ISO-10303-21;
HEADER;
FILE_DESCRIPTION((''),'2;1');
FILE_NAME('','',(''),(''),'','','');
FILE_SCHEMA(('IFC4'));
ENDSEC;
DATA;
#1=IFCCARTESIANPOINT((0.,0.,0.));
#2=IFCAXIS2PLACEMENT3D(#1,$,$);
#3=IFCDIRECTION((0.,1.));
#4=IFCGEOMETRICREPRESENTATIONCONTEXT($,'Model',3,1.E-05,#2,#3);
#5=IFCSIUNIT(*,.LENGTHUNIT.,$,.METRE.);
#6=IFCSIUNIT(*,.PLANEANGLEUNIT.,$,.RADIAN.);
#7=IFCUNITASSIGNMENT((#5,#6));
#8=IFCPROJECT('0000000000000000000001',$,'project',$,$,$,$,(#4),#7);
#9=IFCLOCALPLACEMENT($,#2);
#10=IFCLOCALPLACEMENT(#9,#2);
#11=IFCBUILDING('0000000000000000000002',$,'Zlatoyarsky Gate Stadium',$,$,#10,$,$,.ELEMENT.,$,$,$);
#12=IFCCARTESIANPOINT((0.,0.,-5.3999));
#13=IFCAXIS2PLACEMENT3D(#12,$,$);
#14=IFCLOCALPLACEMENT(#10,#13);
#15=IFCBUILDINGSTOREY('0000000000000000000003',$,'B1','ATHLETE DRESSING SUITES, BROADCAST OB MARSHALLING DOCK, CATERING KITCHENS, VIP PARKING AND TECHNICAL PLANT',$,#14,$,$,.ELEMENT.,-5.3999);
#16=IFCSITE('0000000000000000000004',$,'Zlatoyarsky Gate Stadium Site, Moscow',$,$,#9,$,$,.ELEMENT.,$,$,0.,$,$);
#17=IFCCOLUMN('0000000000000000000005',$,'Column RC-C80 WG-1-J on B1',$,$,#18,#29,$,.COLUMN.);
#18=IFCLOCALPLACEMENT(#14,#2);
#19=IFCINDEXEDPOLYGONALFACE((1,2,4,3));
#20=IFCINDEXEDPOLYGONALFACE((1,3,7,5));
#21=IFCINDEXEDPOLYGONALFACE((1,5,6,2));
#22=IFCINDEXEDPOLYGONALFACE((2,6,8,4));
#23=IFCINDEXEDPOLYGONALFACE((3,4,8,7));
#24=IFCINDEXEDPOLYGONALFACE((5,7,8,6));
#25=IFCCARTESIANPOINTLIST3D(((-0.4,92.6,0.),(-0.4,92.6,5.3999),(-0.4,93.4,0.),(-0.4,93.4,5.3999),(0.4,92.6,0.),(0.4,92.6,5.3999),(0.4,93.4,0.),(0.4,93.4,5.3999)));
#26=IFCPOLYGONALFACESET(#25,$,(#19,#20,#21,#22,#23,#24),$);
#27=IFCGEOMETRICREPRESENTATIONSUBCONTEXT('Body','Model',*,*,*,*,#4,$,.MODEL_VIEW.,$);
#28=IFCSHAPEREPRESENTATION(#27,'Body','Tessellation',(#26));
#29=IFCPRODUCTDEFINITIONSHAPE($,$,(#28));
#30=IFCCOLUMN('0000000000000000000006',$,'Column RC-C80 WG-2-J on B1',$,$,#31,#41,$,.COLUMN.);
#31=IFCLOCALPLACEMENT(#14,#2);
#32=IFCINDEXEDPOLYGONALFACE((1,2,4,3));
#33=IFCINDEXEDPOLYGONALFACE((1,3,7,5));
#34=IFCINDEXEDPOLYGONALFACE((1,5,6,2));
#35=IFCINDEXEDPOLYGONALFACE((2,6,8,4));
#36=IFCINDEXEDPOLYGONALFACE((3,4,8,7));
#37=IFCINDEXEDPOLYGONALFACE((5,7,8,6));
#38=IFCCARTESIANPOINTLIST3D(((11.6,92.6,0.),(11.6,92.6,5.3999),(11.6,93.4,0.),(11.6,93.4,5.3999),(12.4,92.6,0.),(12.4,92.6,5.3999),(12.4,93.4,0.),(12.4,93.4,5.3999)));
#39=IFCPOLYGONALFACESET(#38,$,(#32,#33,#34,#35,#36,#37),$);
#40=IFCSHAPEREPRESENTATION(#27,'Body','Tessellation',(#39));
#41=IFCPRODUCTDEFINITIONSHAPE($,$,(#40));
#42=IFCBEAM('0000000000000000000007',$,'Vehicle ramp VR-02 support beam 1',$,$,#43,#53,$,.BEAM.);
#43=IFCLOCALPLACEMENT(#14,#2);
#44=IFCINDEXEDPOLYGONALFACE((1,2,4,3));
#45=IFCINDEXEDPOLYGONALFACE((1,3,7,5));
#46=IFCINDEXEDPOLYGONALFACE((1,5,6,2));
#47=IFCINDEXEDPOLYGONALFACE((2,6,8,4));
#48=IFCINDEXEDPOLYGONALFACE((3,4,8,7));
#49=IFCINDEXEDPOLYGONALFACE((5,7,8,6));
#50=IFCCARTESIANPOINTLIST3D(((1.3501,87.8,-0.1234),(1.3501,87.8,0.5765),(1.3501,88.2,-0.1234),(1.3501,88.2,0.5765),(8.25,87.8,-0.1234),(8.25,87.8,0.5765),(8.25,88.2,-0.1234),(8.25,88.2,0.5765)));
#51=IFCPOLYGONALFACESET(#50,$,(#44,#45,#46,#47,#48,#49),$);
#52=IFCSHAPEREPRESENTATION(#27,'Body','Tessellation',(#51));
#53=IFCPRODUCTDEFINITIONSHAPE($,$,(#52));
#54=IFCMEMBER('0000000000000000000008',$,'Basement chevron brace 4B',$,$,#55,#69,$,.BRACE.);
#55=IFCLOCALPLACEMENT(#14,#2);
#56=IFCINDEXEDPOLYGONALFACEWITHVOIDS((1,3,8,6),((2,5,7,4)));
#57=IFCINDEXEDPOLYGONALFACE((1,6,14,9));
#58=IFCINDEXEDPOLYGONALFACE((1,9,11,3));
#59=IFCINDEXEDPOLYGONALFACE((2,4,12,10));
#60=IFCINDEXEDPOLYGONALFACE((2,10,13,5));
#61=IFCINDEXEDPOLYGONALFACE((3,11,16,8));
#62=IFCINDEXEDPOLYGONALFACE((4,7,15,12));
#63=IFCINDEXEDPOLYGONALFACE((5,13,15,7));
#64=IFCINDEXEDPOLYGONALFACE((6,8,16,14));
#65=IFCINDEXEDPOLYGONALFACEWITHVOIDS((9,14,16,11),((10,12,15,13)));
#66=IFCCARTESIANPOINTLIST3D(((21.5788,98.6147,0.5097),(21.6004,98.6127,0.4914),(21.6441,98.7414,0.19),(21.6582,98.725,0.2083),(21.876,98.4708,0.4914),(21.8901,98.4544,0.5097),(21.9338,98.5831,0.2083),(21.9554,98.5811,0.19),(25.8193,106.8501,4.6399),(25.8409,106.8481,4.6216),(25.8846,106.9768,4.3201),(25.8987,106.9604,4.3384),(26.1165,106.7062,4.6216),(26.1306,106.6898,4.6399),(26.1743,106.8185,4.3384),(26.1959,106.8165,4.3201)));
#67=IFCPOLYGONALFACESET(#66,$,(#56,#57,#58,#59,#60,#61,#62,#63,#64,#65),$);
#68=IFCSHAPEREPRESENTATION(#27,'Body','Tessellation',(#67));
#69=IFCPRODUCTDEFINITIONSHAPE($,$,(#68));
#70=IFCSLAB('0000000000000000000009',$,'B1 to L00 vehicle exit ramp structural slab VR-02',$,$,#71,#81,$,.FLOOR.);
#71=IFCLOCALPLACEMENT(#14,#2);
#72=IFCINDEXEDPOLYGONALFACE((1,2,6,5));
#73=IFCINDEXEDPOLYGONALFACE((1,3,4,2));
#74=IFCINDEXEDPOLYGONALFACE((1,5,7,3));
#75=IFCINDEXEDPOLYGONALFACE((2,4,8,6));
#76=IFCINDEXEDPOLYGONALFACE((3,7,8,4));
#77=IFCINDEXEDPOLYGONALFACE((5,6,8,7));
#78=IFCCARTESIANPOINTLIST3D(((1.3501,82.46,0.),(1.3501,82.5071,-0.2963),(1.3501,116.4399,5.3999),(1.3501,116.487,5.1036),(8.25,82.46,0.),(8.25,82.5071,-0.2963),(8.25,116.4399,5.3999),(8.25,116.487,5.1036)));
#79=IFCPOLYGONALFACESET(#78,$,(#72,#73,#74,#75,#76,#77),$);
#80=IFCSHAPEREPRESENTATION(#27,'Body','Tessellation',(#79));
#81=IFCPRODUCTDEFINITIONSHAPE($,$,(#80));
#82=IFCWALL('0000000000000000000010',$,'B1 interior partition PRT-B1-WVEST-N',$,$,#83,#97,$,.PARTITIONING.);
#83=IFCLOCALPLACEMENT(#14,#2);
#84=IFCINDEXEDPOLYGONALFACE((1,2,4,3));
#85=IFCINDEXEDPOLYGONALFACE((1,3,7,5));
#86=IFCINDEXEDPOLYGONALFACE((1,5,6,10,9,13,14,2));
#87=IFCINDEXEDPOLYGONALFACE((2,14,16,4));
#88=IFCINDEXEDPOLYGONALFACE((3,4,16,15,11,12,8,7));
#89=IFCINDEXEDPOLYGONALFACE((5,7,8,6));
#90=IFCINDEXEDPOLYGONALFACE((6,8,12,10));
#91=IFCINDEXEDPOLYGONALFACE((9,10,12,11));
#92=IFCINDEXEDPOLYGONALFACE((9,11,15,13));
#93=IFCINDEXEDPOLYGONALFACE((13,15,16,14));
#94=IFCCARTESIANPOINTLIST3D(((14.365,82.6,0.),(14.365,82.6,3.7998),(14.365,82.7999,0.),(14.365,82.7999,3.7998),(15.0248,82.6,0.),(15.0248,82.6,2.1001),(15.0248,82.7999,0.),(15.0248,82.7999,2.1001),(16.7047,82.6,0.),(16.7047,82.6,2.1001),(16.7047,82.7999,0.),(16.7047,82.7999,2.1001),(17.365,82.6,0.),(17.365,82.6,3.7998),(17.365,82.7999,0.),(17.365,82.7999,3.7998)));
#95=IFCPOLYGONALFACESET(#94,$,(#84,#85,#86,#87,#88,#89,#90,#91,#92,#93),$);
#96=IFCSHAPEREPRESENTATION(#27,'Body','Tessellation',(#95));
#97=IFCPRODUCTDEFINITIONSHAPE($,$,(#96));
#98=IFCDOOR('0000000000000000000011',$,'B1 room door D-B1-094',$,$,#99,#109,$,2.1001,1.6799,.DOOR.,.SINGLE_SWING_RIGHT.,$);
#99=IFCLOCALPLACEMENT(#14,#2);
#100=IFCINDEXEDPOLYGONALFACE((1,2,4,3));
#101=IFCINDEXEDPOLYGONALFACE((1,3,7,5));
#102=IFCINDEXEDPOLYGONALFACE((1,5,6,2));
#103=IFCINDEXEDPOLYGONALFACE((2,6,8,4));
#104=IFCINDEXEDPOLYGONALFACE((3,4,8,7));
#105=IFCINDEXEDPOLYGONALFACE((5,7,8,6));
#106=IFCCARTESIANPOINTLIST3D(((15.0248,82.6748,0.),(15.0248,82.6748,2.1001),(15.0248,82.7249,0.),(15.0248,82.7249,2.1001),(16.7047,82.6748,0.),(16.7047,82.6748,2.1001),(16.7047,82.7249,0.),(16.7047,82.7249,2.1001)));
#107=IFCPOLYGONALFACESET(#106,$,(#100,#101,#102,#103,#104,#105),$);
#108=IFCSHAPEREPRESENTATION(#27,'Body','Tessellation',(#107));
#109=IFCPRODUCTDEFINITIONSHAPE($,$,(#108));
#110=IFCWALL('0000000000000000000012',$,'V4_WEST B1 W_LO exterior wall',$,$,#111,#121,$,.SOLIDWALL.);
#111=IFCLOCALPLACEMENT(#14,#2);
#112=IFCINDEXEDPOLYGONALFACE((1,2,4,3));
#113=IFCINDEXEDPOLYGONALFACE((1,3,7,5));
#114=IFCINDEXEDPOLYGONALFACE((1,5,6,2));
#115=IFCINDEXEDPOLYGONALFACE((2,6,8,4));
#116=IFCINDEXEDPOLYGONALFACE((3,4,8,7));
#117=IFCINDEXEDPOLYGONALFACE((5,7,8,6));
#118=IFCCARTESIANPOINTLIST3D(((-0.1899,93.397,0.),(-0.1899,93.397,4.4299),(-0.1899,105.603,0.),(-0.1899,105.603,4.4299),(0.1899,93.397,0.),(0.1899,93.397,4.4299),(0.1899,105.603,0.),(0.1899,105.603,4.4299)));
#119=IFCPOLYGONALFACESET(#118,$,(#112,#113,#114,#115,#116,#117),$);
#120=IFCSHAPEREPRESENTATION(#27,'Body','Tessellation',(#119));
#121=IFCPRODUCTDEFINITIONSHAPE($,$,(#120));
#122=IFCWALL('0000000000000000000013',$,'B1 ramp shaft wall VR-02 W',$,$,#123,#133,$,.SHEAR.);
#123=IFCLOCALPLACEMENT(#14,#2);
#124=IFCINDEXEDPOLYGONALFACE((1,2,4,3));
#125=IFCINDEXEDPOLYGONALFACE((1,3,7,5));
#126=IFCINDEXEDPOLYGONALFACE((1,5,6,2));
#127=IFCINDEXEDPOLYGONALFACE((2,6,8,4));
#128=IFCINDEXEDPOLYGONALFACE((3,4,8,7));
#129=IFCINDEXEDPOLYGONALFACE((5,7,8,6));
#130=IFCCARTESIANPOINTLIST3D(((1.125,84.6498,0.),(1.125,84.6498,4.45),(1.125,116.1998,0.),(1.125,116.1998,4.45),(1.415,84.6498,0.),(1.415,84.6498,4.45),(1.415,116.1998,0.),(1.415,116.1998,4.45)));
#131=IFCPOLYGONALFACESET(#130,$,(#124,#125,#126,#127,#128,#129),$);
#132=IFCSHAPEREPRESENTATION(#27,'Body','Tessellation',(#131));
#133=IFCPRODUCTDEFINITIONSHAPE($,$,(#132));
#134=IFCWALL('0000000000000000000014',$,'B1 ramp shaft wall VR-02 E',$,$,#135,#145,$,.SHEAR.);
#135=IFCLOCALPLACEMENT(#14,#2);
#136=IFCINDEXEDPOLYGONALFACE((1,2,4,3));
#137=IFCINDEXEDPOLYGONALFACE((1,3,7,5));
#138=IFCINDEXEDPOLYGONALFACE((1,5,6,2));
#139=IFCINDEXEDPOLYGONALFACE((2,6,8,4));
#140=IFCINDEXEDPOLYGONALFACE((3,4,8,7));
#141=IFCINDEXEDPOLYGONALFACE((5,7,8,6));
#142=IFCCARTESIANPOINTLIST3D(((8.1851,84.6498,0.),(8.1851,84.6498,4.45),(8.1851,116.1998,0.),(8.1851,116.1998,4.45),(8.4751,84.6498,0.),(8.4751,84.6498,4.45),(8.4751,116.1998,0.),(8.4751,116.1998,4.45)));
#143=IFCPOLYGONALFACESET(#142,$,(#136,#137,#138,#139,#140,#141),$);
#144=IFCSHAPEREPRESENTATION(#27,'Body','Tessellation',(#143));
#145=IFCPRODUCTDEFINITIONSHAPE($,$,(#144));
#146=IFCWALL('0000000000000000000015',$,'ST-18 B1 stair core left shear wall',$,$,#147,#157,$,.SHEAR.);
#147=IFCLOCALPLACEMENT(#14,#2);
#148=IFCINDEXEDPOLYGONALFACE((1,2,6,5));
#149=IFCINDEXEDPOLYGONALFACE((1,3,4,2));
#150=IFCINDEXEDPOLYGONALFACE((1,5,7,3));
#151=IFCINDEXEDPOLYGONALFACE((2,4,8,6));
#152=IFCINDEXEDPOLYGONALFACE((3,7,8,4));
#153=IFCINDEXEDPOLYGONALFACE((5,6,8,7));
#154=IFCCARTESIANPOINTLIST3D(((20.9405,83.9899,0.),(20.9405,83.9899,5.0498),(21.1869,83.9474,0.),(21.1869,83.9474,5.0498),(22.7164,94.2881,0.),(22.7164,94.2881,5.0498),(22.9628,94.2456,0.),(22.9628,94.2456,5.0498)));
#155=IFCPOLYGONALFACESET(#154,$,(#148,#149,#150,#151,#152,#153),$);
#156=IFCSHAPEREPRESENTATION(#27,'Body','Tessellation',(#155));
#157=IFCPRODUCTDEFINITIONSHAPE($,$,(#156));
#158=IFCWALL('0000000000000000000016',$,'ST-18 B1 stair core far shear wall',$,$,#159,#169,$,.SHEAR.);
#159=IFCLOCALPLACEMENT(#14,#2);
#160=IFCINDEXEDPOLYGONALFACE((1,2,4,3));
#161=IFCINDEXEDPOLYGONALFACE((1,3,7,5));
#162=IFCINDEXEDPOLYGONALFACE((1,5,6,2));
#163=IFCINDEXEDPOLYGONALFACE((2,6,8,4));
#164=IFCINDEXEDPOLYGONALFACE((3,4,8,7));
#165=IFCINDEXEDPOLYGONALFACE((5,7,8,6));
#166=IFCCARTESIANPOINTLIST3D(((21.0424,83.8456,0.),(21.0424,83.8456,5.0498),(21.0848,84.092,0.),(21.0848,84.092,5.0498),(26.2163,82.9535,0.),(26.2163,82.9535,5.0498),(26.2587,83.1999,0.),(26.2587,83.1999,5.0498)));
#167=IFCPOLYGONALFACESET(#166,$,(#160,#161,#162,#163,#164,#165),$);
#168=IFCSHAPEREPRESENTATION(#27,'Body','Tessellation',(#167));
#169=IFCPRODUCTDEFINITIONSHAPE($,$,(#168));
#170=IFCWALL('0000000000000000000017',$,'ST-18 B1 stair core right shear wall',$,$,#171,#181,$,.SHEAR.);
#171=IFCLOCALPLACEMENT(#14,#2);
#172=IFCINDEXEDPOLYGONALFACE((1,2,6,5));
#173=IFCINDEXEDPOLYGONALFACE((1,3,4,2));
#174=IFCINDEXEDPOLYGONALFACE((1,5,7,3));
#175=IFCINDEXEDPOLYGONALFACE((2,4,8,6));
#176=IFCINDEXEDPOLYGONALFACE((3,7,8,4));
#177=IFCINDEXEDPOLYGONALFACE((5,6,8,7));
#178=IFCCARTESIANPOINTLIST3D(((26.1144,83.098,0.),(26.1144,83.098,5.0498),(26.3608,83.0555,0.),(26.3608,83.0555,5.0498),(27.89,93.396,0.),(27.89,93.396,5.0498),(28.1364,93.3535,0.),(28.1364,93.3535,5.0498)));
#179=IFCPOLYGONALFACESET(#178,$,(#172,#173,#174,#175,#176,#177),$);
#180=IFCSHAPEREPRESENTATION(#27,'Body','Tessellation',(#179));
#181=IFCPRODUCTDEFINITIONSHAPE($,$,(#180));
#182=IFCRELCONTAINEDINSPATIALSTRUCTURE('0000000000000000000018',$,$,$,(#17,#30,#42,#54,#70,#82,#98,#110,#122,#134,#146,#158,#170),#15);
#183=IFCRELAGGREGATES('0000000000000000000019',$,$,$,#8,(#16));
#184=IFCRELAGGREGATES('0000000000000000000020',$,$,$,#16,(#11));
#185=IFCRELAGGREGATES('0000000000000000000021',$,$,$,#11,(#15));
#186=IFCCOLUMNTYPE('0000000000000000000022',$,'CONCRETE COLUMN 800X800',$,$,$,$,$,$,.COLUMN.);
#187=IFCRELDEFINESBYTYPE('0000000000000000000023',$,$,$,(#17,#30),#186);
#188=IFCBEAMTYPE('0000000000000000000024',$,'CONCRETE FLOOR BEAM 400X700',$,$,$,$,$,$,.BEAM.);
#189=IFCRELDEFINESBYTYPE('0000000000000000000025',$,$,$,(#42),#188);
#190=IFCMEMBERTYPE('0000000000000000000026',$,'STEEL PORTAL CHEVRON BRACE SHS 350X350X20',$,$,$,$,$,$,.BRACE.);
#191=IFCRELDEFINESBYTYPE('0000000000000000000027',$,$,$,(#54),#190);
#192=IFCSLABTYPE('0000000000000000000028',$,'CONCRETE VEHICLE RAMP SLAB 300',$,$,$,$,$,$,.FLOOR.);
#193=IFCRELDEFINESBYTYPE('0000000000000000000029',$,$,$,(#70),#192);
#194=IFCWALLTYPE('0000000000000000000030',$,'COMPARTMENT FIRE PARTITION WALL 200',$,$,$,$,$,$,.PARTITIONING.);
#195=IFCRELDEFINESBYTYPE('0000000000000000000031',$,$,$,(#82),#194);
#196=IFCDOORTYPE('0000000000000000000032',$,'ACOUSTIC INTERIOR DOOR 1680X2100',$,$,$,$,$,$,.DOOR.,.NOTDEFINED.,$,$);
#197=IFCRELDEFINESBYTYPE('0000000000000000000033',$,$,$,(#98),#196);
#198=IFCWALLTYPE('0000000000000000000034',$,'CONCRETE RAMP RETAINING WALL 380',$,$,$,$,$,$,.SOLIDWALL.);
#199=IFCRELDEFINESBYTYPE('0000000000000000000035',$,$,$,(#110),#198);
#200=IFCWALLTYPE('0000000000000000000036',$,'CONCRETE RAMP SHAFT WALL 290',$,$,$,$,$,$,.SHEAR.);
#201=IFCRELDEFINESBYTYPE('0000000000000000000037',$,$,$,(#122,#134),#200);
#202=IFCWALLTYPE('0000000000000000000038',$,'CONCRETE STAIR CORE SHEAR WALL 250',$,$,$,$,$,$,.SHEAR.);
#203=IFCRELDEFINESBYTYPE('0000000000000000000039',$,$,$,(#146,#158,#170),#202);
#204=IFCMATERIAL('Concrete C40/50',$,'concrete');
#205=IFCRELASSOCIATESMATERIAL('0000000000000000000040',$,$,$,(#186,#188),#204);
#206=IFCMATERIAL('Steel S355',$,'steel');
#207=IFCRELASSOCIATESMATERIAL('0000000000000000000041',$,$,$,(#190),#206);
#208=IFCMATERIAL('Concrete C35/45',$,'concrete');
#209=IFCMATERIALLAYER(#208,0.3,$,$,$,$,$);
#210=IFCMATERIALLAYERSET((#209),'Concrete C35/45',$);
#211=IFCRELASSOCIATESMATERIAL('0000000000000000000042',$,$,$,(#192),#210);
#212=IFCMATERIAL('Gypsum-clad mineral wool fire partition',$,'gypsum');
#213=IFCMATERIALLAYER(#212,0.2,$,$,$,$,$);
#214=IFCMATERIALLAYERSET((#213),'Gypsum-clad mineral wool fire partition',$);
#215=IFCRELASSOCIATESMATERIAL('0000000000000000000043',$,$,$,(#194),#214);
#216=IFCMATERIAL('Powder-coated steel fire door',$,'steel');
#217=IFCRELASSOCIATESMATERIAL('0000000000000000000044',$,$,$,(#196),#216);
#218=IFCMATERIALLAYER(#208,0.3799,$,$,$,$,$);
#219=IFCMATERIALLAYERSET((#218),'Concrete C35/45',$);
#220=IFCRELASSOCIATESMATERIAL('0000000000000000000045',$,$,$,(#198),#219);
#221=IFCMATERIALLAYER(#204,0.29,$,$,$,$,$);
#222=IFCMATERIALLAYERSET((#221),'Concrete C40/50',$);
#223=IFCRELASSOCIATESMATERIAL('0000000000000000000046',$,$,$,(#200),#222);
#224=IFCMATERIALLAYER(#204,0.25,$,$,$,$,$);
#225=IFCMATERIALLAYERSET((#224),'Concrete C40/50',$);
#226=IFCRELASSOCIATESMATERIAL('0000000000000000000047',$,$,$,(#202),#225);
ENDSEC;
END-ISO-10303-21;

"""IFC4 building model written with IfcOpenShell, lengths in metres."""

from ifc_helpers import new_model, si_unit, direction, frame, frame_2d, origin, origin_2d, place, context, subcontext, project, spatial, polyline, rectangle, hollow_rectangle, outline, extrude, material, layer, layer_set, material_profile, profile_set, type_object, element, fill, save


model = new_model("IFC4")

# Units and contexts
model_context = context("Model", 3, precision=1e-05, world=origin(), true_north=direction((0.0, 1.0)))
body_context = subcontext(model_context, "Body", "Model", "MODEL_VIEW")
ifc_project = project(units=[si_unit("LENGTHUNIT", "METRE"), si_unit("PLANEANGLEUNIT", "RADIAN")], contexts=[model_context])

# Site, building, storey
site_placement = place(None, origin())
site = spatial("IfcSite", under=ifc_project, at=site_placement, Name="Zlatoyarsky Gate Stadium Site, Moscow", CompositionType="ELEMENT", RefElevation=0.0)
building_placement = place(site_placement, origin())
building = spatial("IfcBuilding", under=site, at=building_placement, Name="Zlatoyarsky Gate Stadium", CompositionType="ELEMENT")
storey_placement = place(building_placement, frame((0.0, 0.0, -5.3999)))
storey = spatial("IfcBuildingStorey", under=building, at=storey_placement, Name="B1", Description="ATHLETE DRESSING SUITES, BROADCAST OB MARSHALLING DOCK, CATERING KITCHENS, VIP PARKING AND TECHNICAL PLANT", CompositionType="ELEMENT", Elevation=-5.3999)

# Shared definitions
ifc_material_1 = material(Name="Concrete C35/45", Category="concrete")

# Columns
ifc_material_2 = material(Name="Concrete C40/50", Category="concrete")
ifc_material_profile_1 = material_profile(ifc_material_2, rectangle(XDim=0.8, YDim=0.8, at=origin_2d()), Name="RC COL 800X800")
ifc_profile_set_1 = profile_set([ifc_material_profile_1], Name="Concrete C40/50")
column_type_1 = type_object("IfcColumnType", Name="CONCRETE COLUMN 800X800", PredefinedType="COLUMN", material=ifc_profile_set_1)
for number, where, z_axis, x_axis, name in (
    (1, (0.0, 93.0, 0.0), (0.0, 0.0, 1.0), (1.0, 0.0, 0.0), "Column RC-C80 WG-1-J on B1"),
    (2, (12.0, 93.0, 0.0), (0.0, 0.0, 1.0), (1.0, 0.0, 0.0), "Column RC-C80 WG-2-J on B1"),
):
    element("IfcColumn", number, at=place(storey_placement, frame(where, z_axis=z_axis, x_axis=x_axis)), inside=storey, type_object=column_type_1, Name=name, PredefinedType="COLUMN", context=body_context, shape_type="SweptSolid", body=[
        extrude(rectangle(XDim=0.8, YDim=0.8, at=origin_2d()), origin(), (0.0, 0.0, 1.0), 5.3999),
    ])

# Beam
ifc_material_profile_2 = material_profile(ifc_material_2, rectangle(XDim=0.3999, YDim=0.7, at=origin_2d()), Name="RC BEAM 400X700")
ifc_profile_set_2 = profile_set([ifc_material_profile_2], Name="Concrete C40/50")
beam_type = type_object("IfcBeamType", Name="CONCRETE FLOOR BEAM 400X700", PredefinedType="BEAM", material=ifc_profile_set_2)
beam_placement = place(storey_placement, frame((1.3501, 88.0, 0.2266), z_axis=(1.0, 0.0, 0.0), x_axis=(0.0, 1.0, 0.0)))
element("IfcBeam", 3, at=beam_placement, inside=storey, type_object=beam_type, Name="Vehicle ramp VR-02 support beam 1", PredefinedType="BEAM", context=body_context, shape_type="SweptSolid", body=[
    extrude(rectangle(XDim=0.3999, YDim=0.7, at=origin_2d()), origin(), (0.0, 0.0, 1.0), 6.8999),
])

# Member
ifc_material_3 = material(Name="Steel S355", Category="steel")
ifc_material_profile_3 = material_profile(ifc_material_3, hollow_rectangle(XDim=0.3501, YDim=0.3501, WallThickness=0.02, at=origin_2d()), Name="SHS 350X350X20")
ifc_profile_set_3 = profile_set([ifc_material_profile_3], Name="Steel S355")
member_type = type_object("IfcMemberType", Name="STEEL PORTAL CHEVRON BRACE SHS 350X350X20", PredefinedType="BRACE", material=ifc_profile_set_3)
member_placement = place(storey_placement, frame((21.7671, 98.5979, 0.3499), z_axis=(0.41811, 0.812003, 0.407229), x_axis=(-0.889061, 0.457788, 0.0)))
element("IfcMember", 4, at=member_placement, inside=storey, type_object=member_type, Name="Basement chevron brace 4B", PredefinedType="BRACE", context=body_context, shape_type="SweptSolid", body=[
    extrude(hollow_rectangle(XDim=0.3501, YDim=0.3501, WallThickness=0.02, at=origin_2d()), origin(), (0.0, 0.0, 1.0), 10.1421),
])

# Slab
ifc_layer_1 = layer(ifc_material_1, 0.3)
ifc_layer_set_1 = layer_set([ifc_layer_1], Name="Concrete C35/45")
slab_type = type_object("IfcSlabType", Name="CONCRETE VEHICLE RAMP SLAB 300", PredefinedType="FLOOR", material=ifc_layer_set_1)
slab_placement = place(storey_placement, frame((1.3501, 82.46, 0.0), z_axis=(0.0, -0.156945, 0.987607), x_axis=(1.0, 0.0, 0.0)))
element("IfcSlab", 5, at=slab_placement, inside=storey, type_object=slab_type, Name="B1 to L00 vehicle exit ramp structural slab VR-02", PredefinedType="FLOOR", context=body_context, shape_type="SweptSolid", body=[
    extrude(outline(polyline([(0.0, 0.0), (6.8999, 0.0), (6.8999, 34.4064), (0.0, 34.4064), (0.0, 0.0)])), origin(), (0.0, 0.0, -1.0), 0.3),
])

# Wall, opening, door
ifc_material_4 = material(Name="Gypsum-clad mineral wool fire partition", Category="gypsum")
ifc_layer_2 = layer(ifc_material_4, 0.2)
ifc_layer_set_2 = layer_set([ifc_layer_2], Name="Gypsum-clad mineral wool fire partition")
wall_type_1 = type_object("IfcWallType", Name="COMPARTMENT FIRE PARTITION WALL 200", PredefinedType="PARTITIONING", material=ifc_layer_set_2)
wall_1_placement = place(storey_placement, frame((14.365, 82.7, 0.0), z_axis=(0.0, 0.0, 1.0), x_axis=(1.0, 0.0, 0.0)))
wall_1 = element("IfcWall", 6, at=wall_1_placement, inside=storey, type_object=wall_type_1, Name="B1 interior partition PRT-B1-WVEST-N", PredefinedType="PARTITIONING", context=body_context, shape_type="SweptSolid", body=[
    extrude(rectangle(XDim=3.0, YDim=0.2, at=frame_2d((1.5, 0.0))), origin(), (0.0, 0.0, 1.0), 3.7998),
])
opening_placement = place(wall_1_placement, frame((0.6599, 0.0, 0.0)))
opening = element("IfcOpeningElement", 7, at=opening_placement, cuts=wall_1, PredefinedType="OPENING", context=body_context, shape_type="SweptSolid", body=[
    extrude(rectangle(XDim=1.6799, YDim=2.1001, at=frame_2d((0.8398, 1.05))), frame((0.0, 0.1099, 0.0), z_axis=(0.0, -1.0, 0.0), x_axis=(1.0, 0.0, 0.0)), (0.0, 0.0, 1.0), 0.22),
])
ifc_material_5 = material(Name="Powder-coated steel fire door", Category="steel")
door_type = type_object("IfcDoorType", Name="ACOUSTIC INTERIOR DOOR 1680X2100", OperationType="NOTDEFINED", PredefinedType="DOOR", material=ifc_material_5)
door_placement = place(opening_placement, origin())
door = element("IfcDoor", 8, at=door_placement, inside=storey, type_object=door_type, Name="B1 room door D-B1-094", OperationType="SINGLE_SWING_RIGHT", OverallHeight=2.1001, OverallWidth=1.6799, PredefinedType="DOOR", context=body_context, shape_type="SweptSolid", body=[
    extrude(rectangle(XDim=1.6799, YDim=2.1001, at=frame_2d((0.8398, 1.05))), frame((0.0, 0.0249, 0.0), z_axis=(0.0, -1.0, 0.0), x_axis=(1.0, 0.0, 0.0)), (0.0, 0.0, 1.0), 0.05),
])
fill(opening, door)

# Walls
ifc_layer_3 = layer(ifc_material_1, 0.3799)
ifc_layer_set_3 = layer_set([ifc_layer_3], Name="Concrete C35/45")
wall_type_2 = type_object("IfcWallType", Name="CONCRETE RAMP RETAINING WALL 380", PredefinedType="SOLIDWALL", material=ifc_layer_set_3)
wall_2_placement = place(storey_placement, frame((0.0, 93.397, 0.0), z_axis=(0.0, 0.0, 1.0), x_axis=(0.0, 1.0, 0.0)))
element("IfcWall", 9, at=wall_2_placement, inside=storey, type_object=wall_type_2, Name="V4_WEST B1 W_LO exterior wall", PredefinedType="SOLIDWALL", context=body_context, shape_type="SweptSolid", body=[
    extrude(rectangle(XDim=12.2061, YDim=0.3799, at=frame_2d((6.103, 0.0))), origin(), (0.0, 0.0, 1.0), 4.4299),
])
ifc_layer_4 = layer(ifc_material_2, 0.29)
ifc_layer_set_4 = layer_set([ifc_layer_4], Name="Concrete C40/50")
wall_type_3 = type_object("IfcWallType", Name="CONCRETE RAMP SHAFT WALL 290", PredefinedType="SHEAR", material=ifc_layer_set_4)
for number, where, z_axis, x_axis, name in (
    (10, (1.27, 84.6499, 0.0), (0.0, 0.0, 1.0), (0.0, 1.0, 0.0), "B1 ramp shaft wall VR-02 W"),
    (11, (8.3301, 84.6499, 0.0), (0.0, 0.0, 1.0), (0.0, 1.0, 0.0), "B1 ramp shaft wall VR-02 E"),
):
    element("IfcWall", number, at=place(storey_placement, frame(where, z_axis=z_axis, x_axis=x_axis)), inside=storey, type_object=wall_type_3, Name=name, PredefinedType="SHEAR", context=body_context, shape_type="SweptSolid", body=[
        extrude(rectangle(XDim=31.55, YDim=0.29, at=frame_2d((15.7749, 0.0))), origin(), (0.0, 0.0, 1.0), 4.45),
    ])
ifc_layer_5 = layer(ifc_material_2, 0.25)
ifc_layer_set_5 = layer_set([ifc_layer_5], Name="Concrete C40/50")
wall_type_4 = type_object("IfcWallType", Name="CONCRETE STAIR CORE SHEAR WALL 250", PredefinedType="SHEAR", material=ifc_layer_set_5)
wall_3_placement = place(storey_placement, frame((22.8396, 94.2668, 0.0), z_axis=(0.0, 0.0, 1.0), x_axis=(-0.169939, -0.985455, 0.0)))
element("IfcWall", 12, at=wall_3_placement, inside=storey, type_object=wall_type_4, Name="ST-18 B1 stair core left shear wall", PredefinedType="SHEAR", context=body_context, shape_type="SweptSolid", body=[
    extrude(rectangle(XDim=10.4502, YDim=0.25, at=frame_2d((5.2251, 0.0))), origin(), (0.0, 0.0, 1.0), 5.0498),
])
wall_4_placement = place(storey_placement, frame((21.0637, 83.9688, 0.0), z_axis=(0.0, 0.0, 1.0), x_axis=(0.985459, -0.169916, 0.0)))
element("IfcWall", 13, at=wall_4_placement, inside=storey, type_object=wall_type_4, Name="ST-18 B1 stair core far shear wall", PredefinedType="SHEAR", context=body_context, shape_type="SweptSolid", body=[
    extrude(rectangle(XDim=5.2502, YDim=0.25, at=frame_2d((2.625, 0.0))), origin(), (0.0, 0.0, 1.0), 5.0498),
])
wall_5_placement = place(storey_placement, frame((26.2375, 83.0767, 0.0), z_axis=(0.0, 0.0, 1.0), x_axis=(0.169916, 0.985458, 0.0)))
element("IfcWall", 14, at=wall_5_placement, inside=storey, type_object=wall_type_4, Name="ST-18 B1 stair core right shear wall", PredefinedType="SHEAR", context=body_context, shape_type="SweptSolid", body=[
    extrude(rectangle(XDim=10.45, YDim=0.25, at=frame_2d((5.2251, 0.0))), origin(), (0.0, 0.0, 1.0), 5.0498),
])

save(model, "model.ifc")
